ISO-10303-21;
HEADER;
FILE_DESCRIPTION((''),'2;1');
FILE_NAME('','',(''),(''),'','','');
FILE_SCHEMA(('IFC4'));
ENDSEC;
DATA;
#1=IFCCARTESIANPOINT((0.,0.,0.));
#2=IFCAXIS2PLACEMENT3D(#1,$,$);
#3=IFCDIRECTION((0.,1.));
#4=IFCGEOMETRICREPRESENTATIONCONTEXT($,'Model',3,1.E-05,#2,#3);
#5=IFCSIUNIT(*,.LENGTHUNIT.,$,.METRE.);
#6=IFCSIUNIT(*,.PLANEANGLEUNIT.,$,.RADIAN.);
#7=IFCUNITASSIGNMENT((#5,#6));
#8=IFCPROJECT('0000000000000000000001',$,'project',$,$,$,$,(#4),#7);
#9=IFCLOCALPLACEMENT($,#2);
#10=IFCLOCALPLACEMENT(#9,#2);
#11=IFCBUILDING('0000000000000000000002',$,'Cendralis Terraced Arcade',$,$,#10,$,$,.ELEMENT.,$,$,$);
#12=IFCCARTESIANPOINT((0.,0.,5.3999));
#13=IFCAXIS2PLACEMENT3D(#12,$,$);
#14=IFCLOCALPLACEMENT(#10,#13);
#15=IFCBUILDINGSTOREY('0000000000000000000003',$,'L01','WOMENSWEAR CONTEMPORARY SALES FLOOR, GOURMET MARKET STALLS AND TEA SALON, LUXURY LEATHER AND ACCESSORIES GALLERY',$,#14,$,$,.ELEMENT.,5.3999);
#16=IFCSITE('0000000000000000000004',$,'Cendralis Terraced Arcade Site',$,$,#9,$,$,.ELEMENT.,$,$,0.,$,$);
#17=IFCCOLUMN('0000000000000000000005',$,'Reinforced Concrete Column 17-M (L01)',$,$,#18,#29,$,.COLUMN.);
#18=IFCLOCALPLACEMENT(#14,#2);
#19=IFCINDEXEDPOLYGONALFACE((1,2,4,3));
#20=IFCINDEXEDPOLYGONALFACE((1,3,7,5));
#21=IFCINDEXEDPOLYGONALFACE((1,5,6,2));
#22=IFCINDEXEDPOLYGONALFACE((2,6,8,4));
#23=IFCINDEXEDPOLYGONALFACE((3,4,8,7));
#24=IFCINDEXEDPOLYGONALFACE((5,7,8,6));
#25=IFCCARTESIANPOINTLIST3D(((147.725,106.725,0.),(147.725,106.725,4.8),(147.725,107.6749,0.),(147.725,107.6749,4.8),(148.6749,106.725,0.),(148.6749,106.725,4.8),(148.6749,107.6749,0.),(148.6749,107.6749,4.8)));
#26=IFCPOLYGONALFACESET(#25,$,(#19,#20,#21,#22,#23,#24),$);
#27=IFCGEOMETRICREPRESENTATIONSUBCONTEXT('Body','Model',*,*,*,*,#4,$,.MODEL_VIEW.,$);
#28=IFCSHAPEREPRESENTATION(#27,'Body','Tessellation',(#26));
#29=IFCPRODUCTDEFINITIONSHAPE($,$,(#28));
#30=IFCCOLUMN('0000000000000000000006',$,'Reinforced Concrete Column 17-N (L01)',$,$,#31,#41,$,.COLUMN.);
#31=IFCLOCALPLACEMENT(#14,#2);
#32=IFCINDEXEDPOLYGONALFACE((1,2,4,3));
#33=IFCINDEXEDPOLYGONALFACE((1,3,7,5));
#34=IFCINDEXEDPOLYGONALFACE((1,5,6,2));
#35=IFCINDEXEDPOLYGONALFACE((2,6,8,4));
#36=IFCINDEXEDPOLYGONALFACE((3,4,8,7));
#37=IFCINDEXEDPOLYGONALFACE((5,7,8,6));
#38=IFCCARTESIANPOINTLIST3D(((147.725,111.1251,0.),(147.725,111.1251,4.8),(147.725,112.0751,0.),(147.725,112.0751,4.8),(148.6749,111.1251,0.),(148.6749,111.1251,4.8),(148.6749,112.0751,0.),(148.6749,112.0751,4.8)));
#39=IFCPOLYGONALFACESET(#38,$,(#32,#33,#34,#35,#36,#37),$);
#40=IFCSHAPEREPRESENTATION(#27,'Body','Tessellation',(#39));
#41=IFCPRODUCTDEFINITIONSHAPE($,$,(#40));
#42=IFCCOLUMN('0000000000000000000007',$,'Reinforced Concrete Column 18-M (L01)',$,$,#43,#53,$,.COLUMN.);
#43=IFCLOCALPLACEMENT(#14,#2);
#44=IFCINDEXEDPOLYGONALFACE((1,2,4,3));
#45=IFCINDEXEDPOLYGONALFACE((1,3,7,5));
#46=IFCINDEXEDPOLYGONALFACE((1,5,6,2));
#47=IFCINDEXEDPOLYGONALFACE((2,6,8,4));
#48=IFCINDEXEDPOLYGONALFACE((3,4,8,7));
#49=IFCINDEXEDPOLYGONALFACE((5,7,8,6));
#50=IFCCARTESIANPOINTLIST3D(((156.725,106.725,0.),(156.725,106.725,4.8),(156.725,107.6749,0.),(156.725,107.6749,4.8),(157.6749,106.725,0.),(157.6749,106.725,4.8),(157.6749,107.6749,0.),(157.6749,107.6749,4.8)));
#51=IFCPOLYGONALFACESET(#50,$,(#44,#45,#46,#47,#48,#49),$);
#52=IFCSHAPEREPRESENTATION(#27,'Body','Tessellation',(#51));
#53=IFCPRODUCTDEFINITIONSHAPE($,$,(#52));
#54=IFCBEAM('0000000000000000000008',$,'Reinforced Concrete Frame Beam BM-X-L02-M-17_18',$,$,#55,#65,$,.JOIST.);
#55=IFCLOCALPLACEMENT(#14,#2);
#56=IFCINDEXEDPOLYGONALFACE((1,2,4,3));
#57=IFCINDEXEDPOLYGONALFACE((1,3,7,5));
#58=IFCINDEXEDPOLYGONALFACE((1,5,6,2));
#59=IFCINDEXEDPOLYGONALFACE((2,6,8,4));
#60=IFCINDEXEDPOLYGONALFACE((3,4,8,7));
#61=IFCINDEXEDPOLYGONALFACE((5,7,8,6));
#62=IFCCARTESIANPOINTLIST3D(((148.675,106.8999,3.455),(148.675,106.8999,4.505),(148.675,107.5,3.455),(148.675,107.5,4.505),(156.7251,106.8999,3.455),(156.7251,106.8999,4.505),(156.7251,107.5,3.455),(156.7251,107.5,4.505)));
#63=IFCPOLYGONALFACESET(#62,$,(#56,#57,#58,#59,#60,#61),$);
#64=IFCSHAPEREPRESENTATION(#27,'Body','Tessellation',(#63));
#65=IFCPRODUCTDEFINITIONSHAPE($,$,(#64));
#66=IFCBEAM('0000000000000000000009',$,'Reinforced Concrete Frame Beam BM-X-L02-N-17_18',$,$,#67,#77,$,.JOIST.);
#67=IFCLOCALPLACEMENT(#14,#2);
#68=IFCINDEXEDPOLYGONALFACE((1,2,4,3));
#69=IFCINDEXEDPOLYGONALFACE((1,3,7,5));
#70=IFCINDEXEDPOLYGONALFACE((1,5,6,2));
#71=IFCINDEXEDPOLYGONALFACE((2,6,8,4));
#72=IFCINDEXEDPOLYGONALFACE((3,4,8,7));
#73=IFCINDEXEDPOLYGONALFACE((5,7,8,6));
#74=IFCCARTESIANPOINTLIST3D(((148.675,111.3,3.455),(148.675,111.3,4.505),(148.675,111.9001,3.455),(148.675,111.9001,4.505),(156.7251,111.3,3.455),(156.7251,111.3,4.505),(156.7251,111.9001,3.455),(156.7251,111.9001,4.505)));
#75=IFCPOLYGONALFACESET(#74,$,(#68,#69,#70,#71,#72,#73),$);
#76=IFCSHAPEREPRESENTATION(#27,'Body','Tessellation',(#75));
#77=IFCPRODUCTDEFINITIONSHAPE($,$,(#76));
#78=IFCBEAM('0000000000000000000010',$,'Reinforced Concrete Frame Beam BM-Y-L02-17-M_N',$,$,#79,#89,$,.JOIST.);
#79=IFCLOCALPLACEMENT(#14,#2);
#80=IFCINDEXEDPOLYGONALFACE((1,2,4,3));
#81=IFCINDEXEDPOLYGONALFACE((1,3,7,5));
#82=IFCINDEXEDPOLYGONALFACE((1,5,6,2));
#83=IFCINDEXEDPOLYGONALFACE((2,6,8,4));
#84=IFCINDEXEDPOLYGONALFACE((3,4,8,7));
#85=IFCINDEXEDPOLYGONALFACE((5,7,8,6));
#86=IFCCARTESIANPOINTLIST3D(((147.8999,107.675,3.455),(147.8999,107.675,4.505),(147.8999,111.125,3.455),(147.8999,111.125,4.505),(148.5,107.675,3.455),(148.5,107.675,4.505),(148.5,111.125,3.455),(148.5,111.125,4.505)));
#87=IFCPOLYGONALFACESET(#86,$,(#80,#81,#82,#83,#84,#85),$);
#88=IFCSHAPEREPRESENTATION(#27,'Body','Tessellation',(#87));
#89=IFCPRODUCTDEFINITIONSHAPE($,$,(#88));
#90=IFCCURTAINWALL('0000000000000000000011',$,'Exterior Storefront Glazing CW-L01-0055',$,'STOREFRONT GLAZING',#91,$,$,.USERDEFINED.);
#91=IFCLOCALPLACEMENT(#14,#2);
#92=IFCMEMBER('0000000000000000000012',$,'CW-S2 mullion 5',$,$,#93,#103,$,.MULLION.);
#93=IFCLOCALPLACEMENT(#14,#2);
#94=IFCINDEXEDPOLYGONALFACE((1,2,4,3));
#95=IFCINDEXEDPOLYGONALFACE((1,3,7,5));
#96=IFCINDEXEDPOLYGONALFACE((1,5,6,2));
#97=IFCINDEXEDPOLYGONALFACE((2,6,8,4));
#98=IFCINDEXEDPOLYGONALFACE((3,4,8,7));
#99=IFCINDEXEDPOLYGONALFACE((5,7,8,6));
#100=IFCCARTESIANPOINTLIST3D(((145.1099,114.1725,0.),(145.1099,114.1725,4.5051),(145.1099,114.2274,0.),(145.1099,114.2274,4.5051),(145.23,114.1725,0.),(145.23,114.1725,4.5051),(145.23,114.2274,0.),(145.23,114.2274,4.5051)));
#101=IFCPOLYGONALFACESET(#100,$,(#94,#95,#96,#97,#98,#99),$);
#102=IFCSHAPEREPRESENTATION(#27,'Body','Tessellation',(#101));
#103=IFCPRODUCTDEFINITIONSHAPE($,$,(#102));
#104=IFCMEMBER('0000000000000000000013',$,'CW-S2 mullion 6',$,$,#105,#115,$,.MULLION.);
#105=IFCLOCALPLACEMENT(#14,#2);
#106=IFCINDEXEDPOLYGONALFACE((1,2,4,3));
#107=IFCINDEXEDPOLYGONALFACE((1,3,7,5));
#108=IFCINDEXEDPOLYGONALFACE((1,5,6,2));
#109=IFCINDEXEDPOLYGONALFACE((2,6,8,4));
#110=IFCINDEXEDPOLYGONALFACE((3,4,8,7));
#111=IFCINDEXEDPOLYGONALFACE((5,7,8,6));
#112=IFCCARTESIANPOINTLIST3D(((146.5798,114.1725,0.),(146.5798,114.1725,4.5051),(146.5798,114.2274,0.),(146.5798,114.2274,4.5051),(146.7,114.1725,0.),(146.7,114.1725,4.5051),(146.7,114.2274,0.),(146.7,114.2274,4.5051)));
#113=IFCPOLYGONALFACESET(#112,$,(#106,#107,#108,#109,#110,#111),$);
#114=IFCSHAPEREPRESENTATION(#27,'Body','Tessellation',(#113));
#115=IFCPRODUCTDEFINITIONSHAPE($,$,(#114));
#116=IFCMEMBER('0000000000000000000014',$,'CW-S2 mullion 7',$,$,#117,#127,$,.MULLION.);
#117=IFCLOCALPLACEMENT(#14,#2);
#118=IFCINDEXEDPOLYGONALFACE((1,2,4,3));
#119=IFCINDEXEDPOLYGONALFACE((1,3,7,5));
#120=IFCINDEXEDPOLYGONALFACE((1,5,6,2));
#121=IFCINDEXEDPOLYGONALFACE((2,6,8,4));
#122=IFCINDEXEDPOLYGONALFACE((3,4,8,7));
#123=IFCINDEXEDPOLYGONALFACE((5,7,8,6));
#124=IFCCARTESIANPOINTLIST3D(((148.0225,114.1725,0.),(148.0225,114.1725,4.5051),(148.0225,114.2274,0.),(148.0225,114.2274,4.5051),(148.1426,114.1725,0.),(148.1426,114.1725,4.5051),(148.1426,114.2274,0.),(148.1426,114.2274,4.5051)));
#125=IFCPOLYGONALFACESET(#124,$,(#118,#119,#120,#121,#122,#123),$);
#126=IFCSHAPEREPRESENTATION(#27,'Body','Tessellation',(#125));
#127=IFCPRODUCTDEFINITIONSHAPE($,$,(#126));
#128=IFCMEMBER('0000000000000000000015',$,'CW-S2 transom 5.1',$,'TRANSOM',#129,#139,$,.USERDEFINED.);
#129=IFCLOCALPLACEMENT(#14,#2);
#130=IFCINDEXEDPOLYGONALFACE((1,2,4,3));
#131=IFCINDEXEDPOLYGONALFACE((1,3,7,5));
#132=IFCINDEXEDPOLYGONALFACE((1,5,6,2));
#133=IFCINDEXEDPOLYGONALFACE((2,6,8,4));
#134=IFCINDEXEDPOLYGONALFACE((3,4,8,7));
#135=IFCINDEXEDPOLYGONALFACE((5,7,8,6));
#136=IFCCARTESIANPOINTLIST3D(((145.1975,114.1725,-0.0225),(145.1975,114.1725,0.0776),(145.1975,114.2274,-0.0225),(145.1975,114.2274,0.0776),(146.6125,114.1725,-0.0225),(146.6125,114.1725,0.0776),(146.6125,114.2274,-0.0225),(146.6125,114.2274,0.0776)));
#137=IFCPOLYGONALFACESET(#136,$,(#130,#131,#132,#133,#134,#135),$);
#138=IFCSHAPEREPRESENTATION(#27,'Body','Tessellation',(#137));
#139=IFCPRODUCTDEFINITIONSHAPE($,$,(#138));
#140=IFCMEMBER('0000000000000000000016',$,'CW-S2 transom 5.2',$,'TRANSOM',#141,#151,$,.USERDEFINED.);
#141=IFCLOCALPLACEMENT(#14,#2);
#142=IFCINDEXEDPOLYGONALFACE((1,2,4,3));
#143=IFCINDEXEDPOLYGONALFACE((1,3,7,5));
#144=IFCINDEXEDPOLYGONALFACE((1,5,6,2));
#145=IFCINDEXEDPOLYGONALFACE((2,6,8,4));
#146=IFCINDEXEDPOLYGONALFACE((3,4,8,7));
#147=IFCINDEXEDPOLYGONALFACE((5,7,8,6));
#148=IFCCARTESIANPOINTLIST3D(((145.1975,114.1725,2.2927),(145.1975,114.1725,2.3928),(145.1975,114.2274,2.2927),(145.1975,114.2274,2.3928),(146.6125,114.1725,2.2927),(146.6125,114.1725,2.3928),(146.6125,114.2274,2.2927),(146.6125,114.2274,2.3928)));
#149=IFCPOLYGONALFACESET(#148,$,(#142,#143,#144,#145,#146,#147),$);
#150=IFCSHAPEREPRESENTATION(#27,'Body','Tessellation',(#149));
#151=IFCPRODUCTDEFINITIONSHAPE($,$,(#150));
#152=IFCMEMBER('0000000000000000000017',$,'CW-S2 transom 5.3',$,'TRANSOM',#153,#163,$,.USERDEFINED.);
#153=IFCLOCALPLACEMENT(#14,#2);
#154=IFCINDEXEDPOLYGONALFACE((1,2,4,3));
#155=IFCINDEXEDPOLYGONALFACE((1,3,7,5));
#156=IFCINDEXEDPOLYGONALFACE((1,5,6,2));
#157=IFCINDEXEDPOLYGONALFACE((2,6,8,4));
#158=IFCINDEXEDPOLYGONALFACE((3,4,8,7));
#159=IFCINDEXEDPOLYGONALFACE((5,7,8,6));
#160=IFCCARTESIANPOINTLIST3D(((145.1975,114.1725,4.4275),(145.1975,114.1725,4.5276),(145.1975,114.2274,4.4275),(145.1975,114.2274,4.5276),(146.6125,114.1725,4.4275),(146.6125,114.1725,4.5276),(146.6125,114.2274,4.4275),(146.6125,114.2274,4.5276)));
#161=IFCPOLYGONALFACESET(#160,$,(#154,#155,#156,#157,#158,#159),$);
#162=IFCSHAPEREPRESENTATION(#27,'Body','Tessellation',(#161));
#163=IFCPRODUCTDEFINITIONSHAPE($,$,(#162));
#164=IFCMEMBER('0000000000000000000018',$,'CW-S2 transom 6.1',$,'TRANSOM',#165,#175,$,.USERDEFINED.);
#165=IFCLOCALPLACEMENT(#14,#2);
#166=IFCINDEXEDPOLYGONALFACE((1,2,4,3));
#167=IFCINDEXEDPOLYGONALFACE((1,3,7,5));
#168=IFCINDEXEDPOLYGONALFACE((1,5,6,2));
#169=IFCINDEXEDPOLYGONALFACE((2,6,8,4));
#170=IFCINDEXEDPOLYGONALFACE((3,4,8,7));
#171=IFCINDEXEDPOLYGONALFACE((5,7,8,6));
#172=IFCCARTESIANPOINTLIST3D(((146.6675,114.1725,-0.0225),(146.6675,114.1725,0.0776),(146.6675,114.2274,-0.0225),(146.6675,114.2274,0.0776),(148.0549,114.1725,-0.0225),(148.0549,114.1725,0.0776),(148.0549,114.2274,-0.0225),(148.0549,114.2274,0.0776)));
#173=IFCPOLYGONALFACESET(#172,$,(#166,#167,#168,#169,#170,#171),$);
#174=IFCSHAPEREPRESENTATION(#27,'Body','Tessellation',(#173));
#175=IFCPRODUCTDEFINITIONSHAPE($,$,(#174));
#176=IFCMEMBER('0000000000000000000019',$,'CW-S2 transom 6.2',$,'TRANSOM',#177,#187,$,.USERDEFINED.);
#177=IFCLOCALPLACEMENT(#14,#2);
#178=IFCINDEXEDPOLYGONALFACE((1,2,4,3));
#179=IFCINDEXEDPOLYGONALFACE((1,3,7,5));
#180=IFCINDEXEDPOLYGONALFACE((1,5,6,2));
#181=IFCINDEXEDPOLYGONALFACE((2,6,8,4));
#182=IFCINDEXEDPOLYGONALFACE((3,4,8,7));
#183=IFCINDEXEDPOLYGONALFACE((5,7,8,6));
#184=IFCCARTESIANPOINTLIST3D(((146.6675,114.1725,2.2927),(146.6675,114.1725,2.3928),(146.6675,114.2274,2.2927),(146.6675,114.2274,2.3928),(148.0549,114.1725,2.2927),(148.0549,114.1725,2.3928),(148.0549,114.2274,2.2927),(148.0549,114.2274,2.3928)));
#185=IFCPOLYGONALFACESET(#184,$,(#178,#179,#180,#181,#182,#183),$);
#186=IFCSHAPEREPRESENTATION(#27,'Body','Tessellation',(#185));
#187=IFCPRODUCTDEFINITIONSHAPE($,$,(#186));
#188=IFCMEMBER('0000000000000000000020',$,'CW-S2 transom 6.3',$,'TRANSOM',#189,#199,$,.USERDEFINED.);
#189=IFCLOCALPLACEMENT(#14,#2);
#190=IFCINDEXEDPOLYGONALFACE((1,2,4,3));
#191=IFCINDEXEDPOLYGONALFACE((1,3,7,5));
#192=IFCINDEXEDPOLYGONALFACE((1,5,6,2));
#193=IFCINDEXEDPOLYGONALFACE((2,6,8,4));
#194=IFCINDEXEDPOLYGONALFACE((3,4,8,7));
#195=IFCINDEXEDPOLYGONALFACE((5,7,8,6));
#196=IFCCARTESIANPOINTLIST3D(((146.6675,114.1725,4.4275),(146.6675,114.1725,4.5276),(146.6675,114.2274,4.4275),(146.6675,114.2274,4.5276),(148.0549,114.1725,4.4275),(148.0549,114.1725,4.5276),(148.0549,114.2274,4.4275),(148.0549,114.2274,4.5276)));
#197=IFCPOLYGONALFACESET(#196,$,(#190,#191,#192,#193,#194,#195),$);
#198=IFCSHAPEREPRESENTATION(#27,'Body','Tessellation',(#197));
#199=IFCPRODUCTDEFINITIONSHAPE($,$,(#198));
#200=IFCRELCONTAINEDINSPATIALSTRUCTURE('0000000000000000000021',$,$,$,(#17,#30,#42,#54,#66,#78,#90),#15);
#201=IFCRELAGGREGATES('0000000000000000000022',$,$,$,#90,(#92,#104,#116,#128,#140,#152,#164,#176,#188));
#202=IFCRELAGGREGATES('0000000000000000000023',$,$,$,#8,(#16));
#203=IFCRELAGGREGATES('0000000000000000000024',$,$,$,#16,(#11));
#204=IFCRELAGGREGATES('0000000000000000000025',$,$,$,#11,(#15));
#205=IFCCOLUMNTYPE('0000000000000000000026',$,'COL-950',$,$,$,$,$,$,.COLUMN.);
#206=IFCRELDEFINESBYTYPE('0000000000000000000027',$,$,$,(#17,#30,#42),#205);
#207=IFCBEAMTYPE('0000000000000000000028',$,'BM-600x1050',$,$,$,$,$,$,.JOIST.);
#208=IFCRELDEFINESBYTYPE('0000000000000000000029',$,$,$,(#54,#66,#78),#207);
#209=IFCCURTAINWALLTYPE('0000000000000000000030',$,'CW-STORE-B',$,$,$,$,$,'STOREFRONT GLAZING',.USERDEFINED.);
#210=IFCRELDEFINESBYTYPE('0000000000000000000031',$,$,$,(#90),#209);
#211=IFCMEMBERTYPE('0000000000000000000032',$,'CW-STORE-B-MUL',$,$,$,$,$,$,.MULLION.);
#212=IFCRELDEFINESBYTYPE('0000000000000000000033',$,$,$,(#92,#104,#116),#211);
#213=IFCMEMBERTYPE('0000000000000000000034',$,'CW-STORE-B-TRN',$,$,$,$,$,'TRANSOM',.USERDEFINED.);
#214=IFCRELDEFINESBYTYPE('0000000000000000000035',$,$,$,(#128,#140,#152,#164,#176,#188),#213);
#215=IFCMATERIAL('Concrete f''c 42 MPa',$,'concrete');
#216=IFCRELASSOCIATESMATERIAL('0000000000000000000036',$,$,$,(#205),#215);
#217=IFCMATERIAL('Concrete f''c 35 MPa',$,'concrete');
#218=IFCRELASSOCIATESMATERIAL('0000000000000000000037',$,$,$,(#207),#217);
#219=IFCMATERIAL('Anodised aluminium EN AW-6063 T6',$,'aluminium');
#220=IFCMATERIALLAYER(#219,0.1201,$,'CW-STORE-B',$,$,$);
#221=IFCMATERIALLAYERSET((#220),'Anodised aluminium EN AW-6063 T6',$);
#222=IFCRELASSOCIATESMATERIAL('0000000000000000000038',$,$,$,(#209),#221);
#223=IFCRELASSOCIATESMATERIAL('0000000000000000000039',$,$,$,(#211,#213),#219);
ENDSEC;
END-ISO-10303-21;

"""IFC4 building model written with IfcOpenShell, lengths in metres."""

from ifc_helpers import new_model, si_unit, direction, frame, origin, origin_2d, place, context, subcontext, project, spatial, rectangle, extrude, material, layer, layer_set, material_profile, profile_set, type_object, element, aggregate, save


model = new_model("IFC4")

# Units and contexts
model_context = context("Model", 3, precision=1e-05, world=origin(), true_north=direction((0.0, 1.0)))
body_context = subcontext(model_context, "Body", "Model", "MODEL_VIEW")
ifc_project = project(units=[si_unit("LENGTHUNIT", "METRE"), si_unit("PLANEANGLEUNIT", "RADIAN")], contexts=[model_context])

# Site, building, storey
site_placement = place(None, origin())
site = spatial("IfcSite", under=ifc_project, at=site_placement, Name="Cendralis Terraced Arcade Site", CompositionType="ELEMENT", RefElevation=0.0)
building_placement = place(site_placement, origin())
building = spatial("IfcBuilding", under=site, at=building_placement, Name="Cendralis Terraced Arcade", CompositionType="ELEMENT")
storey_placement = place(building_placement, frame((0.0, 0.0, 5.3999)))
storey = spatial("IfcBuildingStorey", under=building, at=storey_placement, Name="L01", Description="WOMENSWEAR CONTEMPORARY SALES FLOOR, GOURMET MARKET STALLS AND TEA SALON, LUXURY LEATHER AND ACCESSORIES GALLERY", CompositionType="ELEMENT", Elevation=5.3999)

# Columns
ifc_material_1 = material(Name="Concrete f'c 42 MPa", Category="concrete")
ifc_material_profile_1 = material_profile(ifc_material_1, rectangle(XDim=0.95, YDim=0.95, at=origin_2d()), Name="RC-COL-950x950", Category="LoadBearing")
ifc_profile_set_1 = profile_set([ifc_material_profile_1], Name="Concrete f'c 42 MPa")
column_type = type_object("IfcColumnType", Name="COL-950", PredefinedType="COLUMN", material=ifc_profile_set_1)
for number, where, z_axis, x_axis, name in (
    (1, (148.2, 107.2, 0.0), (0.0, 0.0, 1.0), (1.0, 0.0, 0.0), "Reinforced Concrete Column 17-M (L01)"),
    (2, (148.2, 111.6001, 0.0), (0.0, 0.0, 1.0), (1.0, 0.0, 0.0), "Reinforced Concrete Column 17-N (L01)"),
    (3, (157.2, 107.2, 0.0), (0.0, 0.0, 1.0), (1.0, 0.0, 0.0), "Reinforced Concrete Column 18-M (L01)"),
):
    element("IfcColumn", number, at=place(storey_placement, frame(where, z_axis=z_axis, x_axis=x_axis)), inside=storey, type_object=column_type, Name=name, PredefinedType="COLUMN", context=body_context, shape_type="SweptSolid", body=[
        extrude(rectangle(XDim=0.95, YDim=0.95, at=origin_2d()), origin(), (0.0, 0.0, 1.0), 4.8),
    ])

# Beams
ifc_material_2 = material(Name="Concrete f'c 35 MPa", Category="concrete")
ifc_material_profile_2 = material_profile(ifc_material_2, rectangle(XDim=0.6001, YDim=1.05, at=origin_2d()), Name="RC-BM-600x1050", Category="LoadBearing")
ifc_profile_set_2 = profile_set([ifc_material_profile_2], Name="Concrete f'c 35 MPa")
beam_type = type_object("IfcBeamType", Name="BM-600x1050", PredefinedType="JOIST", material=ifc_profile_set_2)
for number, where, z_axis, x_axis, name in (
    (4, (148.675, 107.2, 3.98), (1.0, 0.0, 0.0), (0.0, 1.0, 0.0), "Reinforced Concrete Frame Beam BM-X-L02-M-17_18"),
    (5, (148.675, 111.6001, 3.98), (1.0, 0.0, 0.0), (0.0, 1.0, 0.0), "Reinforced Concrete Frame Beam BM-X-L02-N-17_18"),
):
    element("IfcBeam", number, at=place(storey_placement, frame(where, z_axis=z_axis, x_axis=x_axis)), inside=storey, type_object=beam_type, Name=name, PredefinedType="JOIST", context=body_context, shape_type="SweptSolid", body=[
        extrude(rectangle(XDim=0.6001, YDim=1.05, at=origin_2d()), origin(), (0.0, 0.0, 1.0), 8.05),
    ])
beam_placement = place(storey_placement, frame((148.2, 107.675, 3.98), z_axis=(0.0, 1.0, 0.0), x_axis=(-1.0, 0.0, 0.0)))
element("IfcBeam", 6, at=beam_placement, inside=storey, type_object=beam_type, Name="Reinforced Concrete Frame Beam BM-Y-L02-17-M_N", PredefinedType="JOIST", context=body_context, shape_type="SweptSolid", body=[
    extrude(rectangle(XDim=0.6001, YDim=1.05, at=origin_2d()), origin(), (0.0, 0.0, 1.0), 3.45),
])

# Curtain wall, members
ifc_material_3 = material(Name="Anodised aluminium EN AW-6063 T6", Category="aluminium")
ifc_layer_1 = layer(ifc_material_3, 0.1201, Name="CW-STORE-B")
ifc_layer_set_1 = layer_set([ifc_layer_1], Name="Anodised aluminium EN AW-6063 T6")
curtain_wall_type_1 = type_object("IfcCurtainWallType", Name="CW-STORE-B", ElementType="STOREFRONT GLAZING", PredefinedType="USERDEFINED", material=ifc_layer_set_1)
curtain_wall_1_placement = place(storey_placement, origin())
curtain_wall_1 = element("IfcCurtainWall", 7, at=curtain_wall_1_placement, inside=storey, type_object=curtain_wall_type_1, Name="Exterior Storefront Glazing CW-L01-0055", ObjectType="STOREFRONT GLAZING", PredefinedType="USERDEFINED")
ifc_material_profile_3 = material_profile(ifc_material_3, rectangle(XDim=0.0549, YDim=0.1201, at=origin_2d()), Name="ALU-MUL-55x120")
ifc_profile_set_3 = profile_set([ifc_material_profile_3], Name="Anodised aluminium EN AW-6063 T6")
member_type_1 = type_object("IfcMemberType", Name="CW-STORE-B-MUL", PredefinedType="MULLION", material=ifc_profile_set_3)
member_1_placement = place(storey_placement, frame((145.1699, 114.2, 0.0), z_axis=(0.0, 0.0, 1.0), x_axis=(0.0, 1.0, 0.0)))
member_1 = element("IfcMember", 8, at=member_1_placement, type_object=member_type_1, Name="CW-S2 mullion 5", PredefinedType="MULLION", context=body_context, shape_type="SweptSolid", body=[
    extrude(rectangle(XDim=0.0549, YDim=0.1201, at=origin_2d()), origin(), (0.0, 0.0, 1.0), 4.5051),
])
member_2_placement = place(storey_placement, frame((146.6399, 114.2, 0.0), z_axis=(0.0, 0.0, 1.0), x_axis=(0.0, 1.0, 0.0)))
member_2 = element("IfcMember", 9, at=member_2_placement, type_object=member_type_1, Name="CW-S2 mullion 6", PredefinedType="MULLION", context=body_context, shape_type="SweptSolid", body=[
    extrude(rectangle(XDim=0.0549, YDim=0.1201, at=origin_2d()), origin(), (0.0, 0.0, 1.0), 4.5051),
])
member_3_placement = place(storey_placement, frame((148.0825, 114.2, 0.0), z_axis=(0.0, 0.0, 1.0), x_axis=(0.0, 1.0, 0.0)))
member_3 = element("IfcMember", 10, at=member_3_placement, type_object=member_type_1, Name="CW-S2 mullion 7", PredefinedType="MULLION", context=body_context, shape_type="SweptSolid", body=[
    extrude(rectangle(XDim=0.0549, YDim=0.1201, at=origin_2d()), origin(), (0.0, 0.0, 1.0), 4.5051),
])
ifc_material_profile_4 = material_profile(ifc_material_3, rectangle(XDim=0.0549, YDim=0.1001, at=origin_2d()), Name="ALU-TRN-55x100")
ifc_profile_set_4 = profile_set([ifc_material_profile_4], Name="Anodised aluminium EN AW-6063 T6")
member_type_2 = type_object("IfcMemberType", Name="CW-STORE-B-TRN", ElementType="TRANSOM", PredefinedType="USERDEFINED", material=ifc_profile_set_4)
member_4_placement = place(storey_placement, frame((145.1975, 114.2, 0.0276), z_axis=(1.0, 0.0, 0.0), x_axis=(0.0, 1.0, 0.0)))
member_4 = element("IfcMember", 11, at=member_4_placement, type_object=member_type_2, Name="CW-S2 transom 5.1", ObjectType="TRANSOM", PredefinedType="USERDEFINED", context=body_context, shape_type="SweptSolid", body=[
    extrude(rectangle(XDim=0.0549, YDim=0.1001, at=origin_2d()), origin(), (0.0, 0.0, 1.0), 1.415),
])
member_5_placement = place(storey_placement, frame((145.1975, 114.2, 2.3428), z_axis=(1.0, 0.0, 0.0), x_axis=(0.0, 1.0, 0.0)))
member_5 = element("IfcMember", 12, at=member_5_placement, type_object=member_type_2, Name="CW-S2 transom 5.2", ObjectType="TRANSOM", PredefinedType="USERDEFINED", context=body_context, shape_type="SweptSolid", body=[
    extrude(rectangle(XDim=0.0549, YDim=0.1001, at=origin_2d()), origin(), (0.0, 0.0, 1.0), 1.415),
])
member_6_placement = place(storey_placement, frame((145.1975, 114.2, 4.4775), z_axis=(1.0, 0.0, 0.0), x_axis=(0.0, 1.0, 0.0)))
member_6 = element("IfcMember", 13, at=member_6_placement, type_object=member_type_2, Name="CW-S2 transom 5.3", ObjectType="TRANSOM", PredefinedType="USERDEFINED", context=body_context, shape_type="SweptSolid", body=[
    extrude(rectangle(XDim=0.0549, YDim=0.1001, at=origin_2d()), origin(), (0.0, 0.0, 1.0), 1.415),
])
member_7_placement = place(storey_placement, frame((146.6675, 114.2, 0.0276), z_axis=(1.0, 0.0, 0.0), x_axis=(0.0, 1.0, 0.0)))
member_7 = element("IfcMember", 14, at=member_7_placement, type_object=member_type_2, Name="CW-S2 transom 6.1", ObjectType="TRANSOM", PredefinedType="USERDEFINED", context=body_context, shape_type="SweptSolid", body=[
    extrude(rectangle(XDim=0.0549, YDim=0.1001, at=origin_2d()), origin(), (0.0, 0.0, 1.0), 1.3875),
])
member_8_placement = place(storey_placement, frame((146.6675, 114.2, 2.3428), z_axis=(1.0, 0.0, 0.0), x_axis=(0.0, 1.0, 0.0)))
member_8 = element("IfcMember", 15, at=member_8_placement, type_object=member_type_2, Name="CW-S2 transom 6.2", ObjectType="TRANSOM", PredefinedType="USERDEFINED", context=body_context, shape_type="SweptSolid", body=[
    extrude(rectangle(XDim=0.0549, YDim=0.1001, at=origin_2d()), origin(), (0.0, 0.0, 1.0), 1.3875),
])
member_9_placement = place(storey_placement, frame((146.6675, 114.2, 4.4775), z_axis=(1.0, 0.0, 0.0), x_axis=(0.0, 1.0, 0.0)))
member_9 = element("IfcMember", 16, at=member_9_placement, type_object=member_type_2, Name="CW-S2 transom 6.3", ObjectType="TRANSOM", PredefinedType="USERDEFINED", context=body_context, shape_type="SweptSolid", body=[
    extrude(rectangle(XDim=0.0549, YDim=0.1001, at=origin_2d()), origin(), (0.0, 0.0, 1.0), 1.3875),
])

aggregate(curtain_wall_1, [member_1, member_2, member_3, member_4, member_5, member_6, member_7, member_8, member_9])

save(model, "model.ifc")
